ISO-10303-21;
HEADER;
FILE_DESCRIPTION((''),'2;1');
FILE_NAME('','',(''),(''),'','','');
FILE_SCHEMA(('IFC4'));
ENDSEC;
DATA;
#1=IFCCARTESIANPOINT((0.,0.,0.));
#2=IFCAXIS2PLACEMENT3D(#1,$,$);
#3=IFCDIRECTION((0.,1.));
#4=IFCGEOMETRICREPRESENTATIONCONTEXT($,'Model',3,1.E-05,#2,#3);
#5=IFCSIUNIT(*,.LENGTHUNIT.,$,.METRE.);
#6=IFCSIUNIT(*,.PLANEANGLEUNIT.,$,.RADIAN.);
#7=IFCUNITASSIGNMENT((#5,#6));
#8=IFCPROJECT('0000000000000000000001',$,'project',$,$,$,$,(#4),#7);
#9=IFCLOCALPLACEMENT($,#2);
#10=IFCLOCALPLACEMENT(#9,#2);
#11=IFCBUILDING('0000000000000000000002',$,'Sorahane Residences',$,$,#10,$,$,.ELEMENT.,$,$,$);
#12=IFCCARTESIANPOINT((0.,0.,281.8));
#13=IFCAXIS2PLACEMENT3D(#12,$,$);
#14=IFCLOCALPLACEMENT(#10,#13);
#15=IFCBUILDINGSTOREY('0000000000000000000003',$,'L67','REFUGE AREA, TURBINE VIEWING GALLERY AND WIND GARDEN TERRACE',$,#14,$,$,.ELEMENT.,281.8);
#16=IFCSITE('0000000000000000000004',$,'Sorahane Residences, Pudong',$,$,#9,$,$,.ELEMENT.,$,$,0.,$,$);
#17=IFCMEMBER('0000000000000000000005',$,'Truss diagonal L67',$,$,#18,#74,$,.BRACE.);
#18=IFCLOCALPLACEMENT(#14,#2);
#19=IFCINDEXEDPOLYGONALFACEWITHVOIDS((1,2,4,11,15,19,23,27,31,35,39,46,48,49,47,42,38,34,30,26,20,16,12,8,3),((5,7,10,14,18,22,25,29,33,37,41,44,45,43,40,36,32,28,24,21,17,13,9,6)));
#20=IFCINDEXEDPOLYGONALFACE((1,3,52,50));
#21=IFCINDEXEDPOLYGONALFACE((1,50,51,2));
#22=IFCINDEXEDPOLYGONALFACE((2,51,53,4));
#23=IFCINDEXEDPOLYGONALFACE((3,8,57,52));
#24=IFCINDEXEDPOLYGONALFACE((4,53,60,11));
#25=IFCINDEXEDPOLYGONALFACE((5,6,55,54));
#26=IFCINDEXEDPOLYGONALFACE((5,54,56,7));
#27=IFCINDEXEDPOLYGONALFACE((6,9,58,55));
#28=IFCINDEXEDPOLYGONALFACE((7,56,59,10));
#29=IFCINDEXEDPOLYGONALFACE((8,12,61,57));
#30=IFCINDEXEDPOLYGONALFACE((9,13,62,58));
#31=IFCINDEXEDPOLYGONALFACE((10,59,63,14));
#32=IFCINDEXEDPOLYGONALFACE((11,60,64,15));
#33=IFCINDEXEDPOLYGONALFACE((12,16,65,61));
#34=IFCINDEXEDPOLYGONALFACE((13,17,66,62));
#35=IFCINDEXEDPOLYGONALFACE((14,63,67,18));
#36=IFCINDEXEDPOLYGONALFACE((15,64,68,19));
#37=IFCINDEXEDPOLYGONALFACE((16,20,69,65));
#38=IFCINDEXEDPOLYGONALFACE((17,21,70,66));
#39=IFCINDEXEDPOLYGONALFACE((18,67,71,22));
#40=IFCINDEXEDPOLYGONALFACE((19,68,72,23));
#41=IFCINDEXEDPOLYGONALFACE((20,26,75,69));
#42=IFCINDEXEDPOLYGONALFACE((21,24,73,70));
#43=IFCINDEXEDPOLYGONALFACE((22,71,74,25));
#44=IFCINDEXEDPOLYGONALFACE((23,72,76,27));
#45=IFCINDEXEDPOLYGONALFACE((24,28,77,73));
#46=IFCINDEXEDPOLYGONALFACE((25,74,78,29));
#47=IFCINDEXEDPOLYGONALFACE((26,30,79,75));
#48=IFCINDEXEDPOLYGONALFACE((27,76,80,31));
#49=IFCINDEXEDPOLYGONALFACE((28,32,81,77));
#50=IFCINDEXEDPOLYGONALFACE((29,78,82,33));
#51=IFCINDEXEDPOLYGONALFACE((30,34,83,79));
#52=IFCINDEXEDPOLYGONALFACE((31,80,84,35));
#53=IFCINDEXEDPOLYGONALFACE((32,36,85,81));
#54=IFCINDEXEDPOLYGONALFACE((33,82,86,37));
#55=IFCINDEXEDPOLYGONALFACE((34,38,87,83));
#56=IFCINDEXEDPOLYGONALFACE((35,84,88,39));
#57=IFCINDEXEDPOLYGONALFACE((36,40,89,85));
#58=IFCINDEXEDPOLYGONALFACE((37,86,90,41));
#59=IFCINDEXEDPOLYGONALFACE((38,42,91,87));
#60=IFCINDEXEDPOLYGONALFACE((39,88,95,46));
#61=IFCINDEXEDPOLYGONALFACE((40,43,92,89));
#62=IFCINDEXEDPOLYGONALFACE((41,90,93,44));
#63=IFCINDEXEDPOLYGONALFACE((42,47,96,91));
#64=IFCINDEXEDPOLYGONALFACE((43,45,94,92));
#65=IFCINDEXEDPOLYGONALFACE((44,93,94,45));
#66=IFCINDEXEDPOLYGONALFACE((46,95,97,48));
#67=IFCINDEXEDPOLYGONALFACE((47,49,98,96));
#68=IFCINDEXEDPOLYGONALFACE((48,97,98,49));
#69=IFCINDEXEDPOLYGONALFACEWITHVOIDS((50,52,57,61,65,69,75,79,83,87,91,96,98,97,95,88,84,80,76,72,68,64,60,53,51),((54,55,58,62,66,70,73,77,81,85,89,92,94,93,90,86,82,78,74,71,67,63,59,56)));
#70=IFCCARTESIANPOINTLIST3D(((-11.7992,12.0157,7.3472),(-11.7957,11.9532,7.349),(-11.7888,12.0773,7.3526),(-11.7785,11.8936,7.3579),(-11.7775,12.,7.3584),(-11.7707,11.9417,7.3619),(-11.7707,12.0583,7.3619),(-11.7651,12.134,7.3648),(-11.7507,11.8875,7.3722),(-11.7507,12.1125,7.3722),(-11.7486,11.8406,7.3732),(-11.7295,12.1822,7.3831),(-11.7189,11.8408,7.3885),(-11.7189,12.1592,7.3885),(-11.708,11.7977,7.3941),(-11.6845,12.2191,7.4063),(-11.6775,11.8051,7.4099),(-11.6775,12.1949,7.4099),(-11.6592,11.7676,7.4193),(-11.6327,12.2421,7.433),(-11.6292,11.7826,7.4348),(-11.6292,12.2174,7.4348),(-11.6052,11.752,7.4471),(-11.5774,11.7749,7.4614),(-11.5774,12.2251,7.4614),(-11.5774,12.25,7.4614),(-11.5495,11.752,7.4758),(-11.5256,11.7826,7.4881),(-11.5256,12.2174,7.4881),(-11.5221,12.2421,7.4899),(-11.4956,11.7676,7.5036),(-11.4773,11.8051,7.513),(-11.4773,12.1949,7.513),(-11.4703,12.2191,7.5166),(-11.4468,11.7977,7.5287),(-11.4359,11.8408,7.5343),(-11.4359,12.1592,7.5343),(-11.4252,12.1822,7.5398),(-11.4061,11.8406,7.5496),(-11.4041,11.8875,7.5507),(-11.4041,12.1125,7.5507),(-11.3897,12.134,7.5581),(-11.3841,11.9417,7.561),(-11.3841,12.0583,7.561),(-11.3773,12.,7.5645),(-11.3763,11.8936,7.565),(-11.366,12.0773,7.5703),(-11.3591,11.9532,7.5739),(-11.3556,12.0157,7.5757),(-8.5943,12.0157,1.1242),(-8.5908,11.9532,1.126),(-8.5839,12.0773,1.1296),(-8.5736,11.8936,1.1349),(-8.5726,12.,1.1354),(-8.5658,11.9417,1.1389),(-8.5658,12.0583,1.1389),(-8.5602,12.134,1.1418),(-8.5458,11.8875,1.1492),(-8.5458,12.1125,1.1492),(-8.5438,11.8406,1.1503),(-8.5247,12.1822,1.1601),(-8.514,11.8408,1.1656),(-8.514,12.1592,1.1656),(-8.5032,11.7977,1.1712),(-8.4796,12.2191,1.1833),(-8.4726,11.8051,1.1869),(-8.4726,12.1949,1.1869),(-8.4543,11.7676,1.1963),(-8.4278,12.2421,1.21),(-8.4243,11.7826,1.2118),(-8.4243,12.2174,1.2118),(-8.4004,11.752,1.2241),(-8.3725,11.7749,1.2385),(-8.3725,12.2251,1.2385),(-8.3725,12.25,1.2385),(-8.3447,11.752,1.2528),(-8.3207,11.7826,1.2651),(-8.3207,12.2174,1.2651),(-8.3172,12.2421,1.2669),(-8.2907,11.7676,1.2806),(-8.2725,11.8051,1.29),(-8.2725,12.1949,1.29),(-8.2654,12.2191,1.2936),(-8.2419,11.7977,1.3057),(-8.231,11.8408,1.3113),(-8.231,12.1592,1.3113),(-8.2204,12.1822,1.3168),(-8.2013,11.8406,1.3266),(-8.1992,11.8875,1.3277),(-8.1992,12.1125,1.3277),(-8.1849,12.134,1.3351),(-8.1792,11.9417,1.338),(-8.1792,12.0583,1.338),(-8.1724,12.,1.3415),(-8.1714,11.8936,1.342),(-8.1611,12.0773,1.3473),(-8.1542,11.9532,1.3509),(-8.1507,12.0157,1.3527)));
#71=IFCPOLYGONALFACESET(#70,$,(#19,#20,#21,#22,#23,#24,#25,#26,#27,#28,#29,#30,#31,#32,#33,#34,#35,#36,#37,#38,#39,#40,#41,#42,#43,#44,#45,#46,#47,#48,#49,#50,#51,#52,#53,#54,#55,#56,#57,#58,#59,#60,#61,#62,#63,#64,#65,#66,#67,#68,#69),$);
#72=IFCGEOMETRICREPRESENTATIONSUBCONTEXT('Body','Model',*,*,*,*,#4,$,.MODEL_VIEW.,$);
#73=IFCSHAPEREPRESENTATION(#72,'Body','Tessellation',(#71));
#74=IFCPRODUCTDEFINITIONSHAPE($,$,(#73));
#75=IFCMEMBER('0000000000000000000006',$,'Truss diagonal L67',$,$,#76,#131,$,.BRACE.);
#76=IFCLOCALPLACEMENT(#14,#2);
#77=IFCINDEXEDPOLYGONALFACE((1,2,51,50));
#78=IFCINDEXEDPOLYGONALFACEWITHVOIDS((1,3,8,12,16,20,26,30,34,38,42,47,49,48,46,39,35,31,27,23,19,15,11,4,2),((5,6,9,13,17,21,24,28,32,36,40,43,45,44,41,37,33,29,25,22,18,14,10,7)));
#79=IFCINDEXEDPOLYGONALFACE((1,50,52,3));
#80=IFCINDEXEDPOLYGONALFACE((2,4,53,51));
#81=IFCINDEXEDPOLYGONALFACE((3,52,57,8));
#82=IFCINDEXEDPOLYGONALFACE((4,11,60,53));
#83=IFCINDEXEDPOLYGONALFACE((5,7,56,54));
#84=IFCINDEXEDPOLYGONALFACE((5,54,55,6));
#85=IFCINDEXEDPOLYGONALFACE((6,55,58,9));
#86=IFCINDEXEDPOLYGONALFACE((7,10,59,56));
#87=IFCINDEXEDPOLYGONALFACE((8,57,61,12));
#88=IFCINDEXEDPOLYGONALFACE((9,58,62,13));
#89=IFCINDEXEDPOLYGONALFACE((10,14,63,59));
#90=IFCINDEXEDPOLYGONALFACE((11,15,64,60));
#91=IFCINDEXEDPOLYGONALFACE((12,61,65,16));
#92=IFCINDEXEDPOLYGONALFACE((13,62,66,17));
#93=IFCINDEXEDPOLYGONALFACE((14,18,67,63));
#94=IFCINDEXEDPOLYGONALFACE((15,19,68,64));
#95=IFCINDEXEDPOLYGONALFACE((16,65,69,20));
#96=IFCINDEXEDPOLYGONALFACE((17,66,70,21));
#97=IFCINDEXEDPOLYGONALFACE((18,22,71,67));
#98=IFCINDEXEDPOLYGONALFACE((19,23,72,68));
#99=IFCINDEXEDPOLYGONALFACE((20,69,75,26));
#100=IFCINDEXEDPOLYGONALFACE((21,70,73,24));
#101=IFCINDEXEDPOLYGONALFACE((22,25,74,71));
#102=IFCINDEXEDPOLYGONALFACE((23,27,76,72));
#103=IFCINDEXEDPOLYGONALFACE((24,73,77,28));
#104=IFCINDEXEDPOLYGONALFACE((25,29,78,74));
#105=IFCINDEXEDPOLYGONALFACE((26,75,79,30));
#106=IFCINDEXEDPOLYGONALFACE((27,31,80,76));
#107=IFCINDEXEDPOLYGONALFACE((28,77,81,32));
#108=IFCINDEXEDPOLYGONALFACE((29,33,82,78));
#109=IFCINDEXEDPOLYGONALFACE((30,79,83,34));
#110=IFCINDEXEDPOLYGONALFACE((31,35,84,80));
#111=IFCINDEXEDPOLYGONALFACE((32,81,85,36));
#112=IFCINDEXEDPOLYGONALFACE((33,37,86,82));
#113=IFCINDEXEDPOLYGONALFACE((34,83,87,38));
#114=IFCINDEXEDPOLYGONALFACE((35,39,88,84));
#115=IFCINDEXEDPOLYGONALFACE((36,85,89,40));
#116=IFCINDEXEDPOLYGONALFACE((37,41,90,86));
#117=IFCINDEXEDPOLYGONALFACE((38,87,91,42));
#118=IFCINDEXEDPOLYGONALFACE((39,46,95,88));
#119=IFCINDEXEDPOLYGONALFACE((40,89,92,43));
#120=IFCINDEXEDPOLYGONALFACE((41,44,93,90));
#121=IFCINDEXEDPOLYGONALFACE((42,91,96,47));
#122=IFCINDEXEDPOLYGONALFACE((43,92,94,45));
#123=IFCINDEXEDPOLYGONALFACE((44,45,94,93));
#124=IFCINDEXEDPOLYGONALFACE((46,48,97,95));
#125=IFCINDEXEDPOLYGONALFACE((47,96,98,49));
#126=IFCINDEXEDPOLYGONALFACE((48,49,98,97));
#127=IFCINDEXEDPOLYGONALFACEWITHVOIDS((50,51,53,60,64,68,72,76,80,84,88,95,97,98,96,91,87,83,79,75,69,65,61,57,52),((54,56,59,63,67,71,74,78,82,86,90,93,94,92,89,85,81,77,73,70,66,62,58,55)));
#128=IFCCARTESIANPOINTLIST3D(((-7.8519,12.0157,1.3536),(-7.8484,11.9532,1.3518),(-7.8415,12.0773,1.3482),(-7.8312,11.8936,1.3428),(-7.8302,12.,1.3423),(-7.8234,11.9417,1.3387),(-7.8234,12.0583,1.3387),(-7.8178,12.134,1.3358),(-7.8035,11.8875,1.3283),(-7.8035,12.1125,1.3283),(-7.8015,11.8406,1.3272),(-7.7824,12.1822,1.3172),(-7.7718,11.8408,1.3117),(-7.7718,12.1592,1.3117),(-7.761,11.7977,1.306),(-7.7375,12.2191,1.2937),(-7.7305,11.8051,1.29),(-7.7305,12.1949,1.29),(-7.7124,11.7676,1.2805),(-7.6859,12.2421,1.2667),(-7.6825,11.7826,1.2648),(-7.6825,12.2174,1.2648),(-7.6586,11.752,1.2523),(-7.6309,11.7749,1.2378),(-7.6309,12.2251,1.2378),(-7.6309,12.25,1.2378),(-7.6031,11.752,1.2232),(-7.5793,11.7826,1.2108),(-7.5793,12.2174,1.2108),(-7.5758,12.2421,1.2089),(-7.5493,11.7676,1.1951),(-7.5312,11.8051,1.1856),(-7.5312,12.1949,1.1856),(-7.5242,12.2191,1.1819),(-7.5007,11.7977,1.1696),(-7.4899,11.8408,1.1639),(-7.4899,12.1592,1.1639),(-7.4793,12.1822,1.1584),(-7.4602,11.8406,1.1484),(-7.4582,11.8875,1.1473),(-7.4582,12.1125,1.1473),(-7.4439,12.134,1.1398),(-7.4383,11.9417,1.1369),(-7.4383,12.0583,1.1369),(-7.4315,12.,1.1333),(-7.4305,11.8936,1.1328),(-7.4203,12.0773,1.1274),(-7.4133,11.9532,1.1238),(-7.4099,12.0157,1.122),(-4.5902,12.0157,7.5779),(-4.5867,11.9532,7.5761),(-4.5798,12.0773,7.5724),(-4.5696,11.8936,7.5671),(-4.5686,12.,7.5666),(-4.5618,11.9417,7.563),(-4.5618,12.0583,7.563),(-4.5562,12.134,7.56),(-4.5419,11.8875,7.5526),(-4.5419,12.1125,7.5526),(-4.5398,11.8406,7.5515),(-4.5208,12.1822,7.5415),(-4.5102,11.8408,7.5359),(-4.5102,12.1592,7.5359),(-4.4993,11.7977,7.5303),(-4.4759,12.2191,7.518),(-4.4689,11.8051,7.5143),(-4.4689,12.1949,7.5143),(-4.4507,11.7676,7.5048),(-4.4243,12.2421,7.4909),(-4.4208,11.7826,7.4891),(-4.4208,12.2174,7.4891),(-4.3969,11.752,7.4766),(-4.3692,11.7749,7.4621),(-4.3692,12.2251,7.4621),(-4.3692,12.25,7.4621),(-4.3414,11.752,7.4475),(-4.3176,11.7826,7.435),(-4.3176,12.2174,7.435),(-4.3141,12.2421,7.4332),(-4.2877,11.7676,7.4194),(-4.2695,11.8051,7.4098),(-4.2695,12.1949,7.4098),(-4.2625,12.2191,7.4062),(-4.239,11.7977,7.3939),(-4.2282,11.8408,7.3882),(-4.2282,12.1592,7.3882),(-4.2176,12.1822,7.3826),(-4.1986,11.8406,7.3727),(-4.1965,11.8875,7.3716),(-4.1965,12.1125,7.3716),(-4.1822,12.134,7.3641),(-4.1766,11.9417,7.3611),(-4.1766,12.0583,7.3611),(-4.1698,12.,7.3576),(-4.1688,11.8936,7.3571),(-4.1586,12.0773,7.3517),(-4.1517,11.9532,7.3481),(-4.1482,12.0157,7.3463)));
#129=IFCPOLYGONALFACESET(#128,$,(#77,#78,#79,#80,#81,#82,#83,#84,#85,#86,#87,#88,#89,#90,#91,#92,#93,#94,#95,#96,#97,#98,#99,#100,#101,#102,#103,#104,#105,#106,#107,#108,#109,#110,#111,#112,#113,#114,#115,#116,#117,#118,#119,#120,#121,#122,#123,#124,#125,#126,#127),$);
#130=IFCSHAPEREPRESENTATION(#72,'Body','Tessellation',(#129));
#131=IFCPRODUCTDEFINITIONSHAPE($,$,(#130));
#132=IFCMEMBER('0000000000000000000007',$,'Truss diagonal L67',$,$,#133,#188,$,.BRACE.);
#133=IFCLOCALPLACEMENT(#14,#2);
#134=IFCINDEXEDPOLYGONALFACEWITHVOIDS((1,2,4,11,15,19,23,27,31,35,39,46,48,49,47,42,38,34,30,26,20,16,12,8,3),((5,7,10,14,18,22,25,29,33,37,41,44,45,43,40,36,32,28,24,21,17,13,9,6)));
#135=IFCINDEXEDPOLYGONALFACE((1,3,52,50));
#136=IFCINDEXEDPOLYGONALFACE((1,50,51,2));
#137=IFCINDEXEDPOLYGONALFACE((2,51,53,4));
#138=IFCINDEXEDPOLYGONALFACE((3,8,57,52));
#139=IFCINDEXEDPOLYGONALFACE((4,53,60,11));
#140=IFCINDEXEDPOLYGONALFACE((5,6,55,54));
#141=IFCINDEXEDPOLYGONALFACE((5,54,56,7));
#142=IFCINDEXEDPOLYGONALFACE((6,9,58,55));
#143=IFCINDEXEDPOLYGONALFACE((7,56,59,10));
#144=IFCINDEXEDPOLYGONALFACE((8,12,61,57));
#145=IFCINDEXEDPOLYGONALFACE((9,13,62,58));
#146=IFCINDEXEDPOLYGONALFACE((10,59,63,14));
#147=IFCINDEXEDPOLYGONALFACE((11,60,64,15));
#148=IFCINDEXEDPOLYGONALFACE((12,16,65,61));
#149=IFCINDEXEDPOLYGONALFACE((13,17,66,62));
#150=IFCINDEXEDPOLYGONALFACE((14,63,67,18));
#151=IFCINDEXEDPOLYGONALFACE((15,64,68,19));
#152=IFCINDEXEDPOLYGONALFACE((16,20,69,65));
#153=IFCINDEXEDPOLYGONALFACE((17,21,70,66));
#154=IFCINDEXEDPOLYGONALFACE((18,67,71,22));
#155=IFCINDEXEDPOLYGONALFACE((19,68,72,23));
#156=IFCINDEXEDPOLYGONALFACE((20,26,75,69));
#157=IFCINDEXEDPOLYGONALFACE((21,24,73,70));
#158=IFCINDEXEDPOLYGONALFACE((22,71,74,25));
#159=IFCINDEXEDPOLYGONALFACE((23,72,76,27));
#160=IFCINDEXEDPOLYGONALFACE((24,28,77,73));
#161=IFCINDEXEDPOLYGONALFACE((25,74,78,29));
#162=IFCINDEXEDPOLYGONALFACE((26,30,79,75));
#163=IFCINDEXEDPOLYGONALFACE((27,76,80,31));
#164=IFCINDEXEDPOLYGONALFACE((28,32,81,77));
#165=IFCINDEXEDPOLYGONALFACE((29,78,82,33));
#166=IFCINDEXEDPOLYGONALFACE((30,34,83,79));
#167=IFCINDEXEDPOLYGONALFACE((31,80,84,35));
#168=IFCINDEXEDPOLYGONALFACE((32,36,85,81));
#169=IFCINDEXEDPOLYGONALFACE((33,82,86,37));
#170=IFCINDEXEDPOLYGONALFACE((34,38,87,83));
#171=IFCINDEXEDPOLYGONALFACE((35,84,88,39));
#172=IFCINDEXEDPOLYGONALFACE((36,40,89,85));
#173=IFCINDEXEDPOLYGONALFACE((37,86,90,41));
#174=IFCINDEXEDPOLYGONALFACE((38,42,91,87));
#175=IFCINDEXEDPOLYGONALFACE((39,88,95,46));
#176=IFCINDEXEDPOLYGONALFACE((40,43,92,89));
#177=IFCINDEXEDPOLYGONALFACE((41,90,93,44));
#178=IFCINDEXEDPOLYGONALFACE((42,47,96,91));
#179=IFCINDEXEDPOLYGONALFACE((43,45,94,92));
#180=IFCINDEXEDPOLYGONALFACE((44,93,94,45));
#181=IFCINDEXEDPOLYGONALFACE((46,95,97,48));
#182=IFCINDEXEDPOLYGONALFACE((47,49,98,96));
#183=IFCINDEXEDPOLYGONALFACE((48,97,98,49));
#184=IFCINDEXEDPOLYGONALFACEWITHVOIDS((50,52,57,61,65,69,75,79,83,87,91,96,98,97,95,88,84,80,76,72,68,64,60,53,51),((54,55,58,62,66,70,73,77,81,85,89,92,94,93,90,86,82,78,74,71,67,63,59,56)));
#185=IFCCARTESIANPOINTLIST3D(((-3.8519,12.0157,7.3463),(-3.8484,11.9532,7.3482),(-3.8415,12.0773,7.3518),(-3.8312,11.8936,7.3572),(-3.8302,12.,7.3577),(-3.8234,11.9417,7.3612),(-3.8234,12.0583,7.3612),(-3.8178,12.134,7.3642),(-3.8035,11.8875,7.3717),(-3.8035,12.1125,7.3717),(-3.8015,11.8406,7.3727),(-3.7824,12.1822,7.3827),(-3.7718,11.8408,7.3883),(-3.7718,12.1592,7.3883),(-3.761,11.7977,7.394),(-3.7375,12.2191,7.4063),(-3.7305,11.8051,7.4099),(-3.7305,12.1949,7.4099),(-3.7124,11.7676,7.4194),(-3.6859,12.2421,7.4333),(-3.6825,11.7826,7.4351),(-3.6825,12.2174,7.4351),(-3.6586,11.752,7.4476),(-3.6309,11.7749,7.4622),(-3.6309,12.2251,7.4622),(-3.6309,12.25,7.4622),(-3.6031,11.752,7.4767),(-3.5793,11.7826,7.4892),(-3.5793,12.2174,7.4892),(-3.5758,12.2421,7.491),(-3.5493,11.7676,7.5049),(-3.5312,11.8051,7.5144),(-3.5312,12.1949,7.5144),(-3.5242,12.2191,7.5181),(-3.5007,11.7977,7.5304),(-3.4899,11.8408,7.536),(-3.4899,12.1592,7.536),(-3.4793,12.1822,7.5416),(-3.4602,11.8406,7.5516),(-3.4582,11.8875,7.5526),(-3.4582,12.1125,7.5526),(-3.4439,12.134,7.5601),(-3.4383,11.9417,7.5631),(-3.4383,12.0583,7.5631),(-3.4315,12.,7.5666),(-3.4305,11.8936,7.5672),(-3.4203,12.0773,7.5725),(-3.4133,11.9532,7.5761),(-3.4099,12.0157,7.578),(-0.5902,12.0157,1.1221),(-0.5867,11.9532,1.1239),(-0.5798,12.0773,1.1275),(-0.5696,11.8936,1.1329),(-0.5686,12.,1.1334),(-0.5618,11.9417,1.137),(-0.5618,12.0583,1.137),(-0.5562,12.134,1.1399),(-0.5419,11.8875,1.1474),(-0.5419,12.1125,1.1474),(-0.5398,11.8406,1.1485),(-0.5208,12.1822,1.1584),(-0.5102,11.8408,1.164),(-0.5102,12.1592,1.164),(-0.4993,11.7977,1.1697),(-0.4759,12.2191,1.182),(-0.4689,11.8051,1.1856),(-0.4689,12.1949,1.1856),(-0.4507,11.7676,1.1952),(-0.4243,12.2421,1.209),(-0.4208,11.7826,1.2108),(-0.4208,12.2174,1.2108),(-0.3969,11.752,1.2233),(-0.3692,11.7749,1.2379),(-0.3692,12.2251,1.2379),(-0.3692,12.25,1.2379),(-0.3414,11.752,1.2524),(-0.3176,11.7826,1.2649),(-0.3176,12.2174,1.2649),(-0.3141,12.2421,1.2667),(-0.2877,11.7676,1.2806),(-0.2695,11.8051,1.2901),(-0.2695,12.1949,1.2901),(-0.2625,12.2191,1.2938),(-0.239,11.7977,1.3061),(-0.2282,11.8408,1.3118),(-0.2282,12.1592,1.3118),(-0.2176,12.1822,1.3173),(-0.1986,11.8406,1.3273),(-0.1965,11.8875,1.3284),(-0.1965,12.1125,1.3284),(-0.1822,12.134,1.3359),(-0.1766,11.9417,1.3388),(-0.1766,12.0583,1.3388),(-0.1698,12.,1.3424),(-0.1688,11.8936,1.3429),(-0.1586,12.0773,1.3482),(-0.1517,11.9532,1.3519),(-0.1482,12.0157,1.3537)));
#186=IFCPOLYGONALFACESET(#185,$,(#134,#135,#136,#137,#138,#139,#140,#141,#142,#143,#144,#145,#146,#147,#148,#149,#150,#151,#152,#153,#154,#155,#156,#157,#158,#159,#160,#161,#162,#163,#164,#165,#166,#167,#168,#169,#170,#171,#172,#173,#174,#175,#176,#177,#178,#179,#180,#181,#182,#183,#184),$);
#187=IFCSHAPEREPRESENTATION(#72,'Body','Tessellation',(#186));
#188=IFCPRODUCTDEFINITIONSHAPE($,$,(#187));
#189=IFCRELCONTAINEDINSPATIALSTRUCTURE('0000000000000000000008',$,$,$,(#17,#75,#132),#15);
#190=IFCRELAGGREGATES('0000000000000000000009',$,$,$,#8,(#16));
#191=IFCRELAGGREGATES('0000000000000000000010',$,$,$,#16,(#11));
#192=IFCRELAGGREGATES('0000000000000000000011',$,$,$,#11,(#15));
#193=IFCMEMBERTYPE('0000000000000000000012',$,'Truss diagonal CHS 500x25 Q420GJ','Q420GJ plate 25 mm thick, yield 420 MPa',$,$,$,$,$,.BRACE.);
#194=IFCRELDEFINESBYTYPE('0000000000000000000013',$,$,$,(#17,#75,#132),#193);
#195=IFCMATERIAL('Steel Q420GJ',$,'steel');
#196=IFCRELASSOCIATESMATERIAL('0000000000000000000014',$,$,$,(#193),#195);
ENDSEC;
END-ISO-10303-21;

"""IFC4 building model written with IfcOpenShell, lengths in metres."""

from ifc_helpers import new_model, si_unit, direction, frame, origin, origin_2d, place, context, subcontext, project, spatial, hollow_circle, extrude, material, material_profile, profile_set, type_object, element, save


model = new_model("IFC4")

# Units and contexts
model_context = context("Model", 3, precision=1e-05, world=origin(), true_north=direction((0.0, 1.0)))
body_context = subcontext(model_context, "Body", "Model", "MODEL_VIEW")
ifc_project = project(units=[si_unit("LENGTHUNIT", "METRE"), si_unit("PLANEANGLEUNIT", "RADIAN")], contexts=[model_context])

# Site, building, storey
site_placement = place(None, origin())
site = spatial("IfcSite", under=ifc_project, at=site_placement, Name="Sorahane Residences, Pudong", CompositionType="ELEMENT", RefElevation=0.0)
building_placement = place(site_placement, origin())
building = spatial("IfcBuilding", under=site, at=building_placement, Name="Sorahane Residences", CompositionType="ELEMENT")
storey_placement = place(building_placement, frame((0.0, 0.0, 281.8)))
storey = spatial("IfcBuildingStorey", under=building, at=storey_placement, Name="L67", Description="REFUGE AREA, TURBINE VIEWING GALLERY AND WIND GARDEN TERRACE", CompositionType="ELEMENT", Elevation=281.8)

# Members
ifc_material_1 = material(Name="Steel Q420GJ", Category="steel")
ifc_material_profile_1 = material_profile(ifc_material_1, hollow_circle(Radius=0.25, WallThickness=0.0249, at=origin_2d()), Name="CHS 500x25")
ifc_profile_set_1 = profile_set([ifc_material_profile_1], Name="Steel Q420GJ")
member_type = type_object("IfcMemberType", Name="Truss diagonal CHS 500x25 Q420GJ", Description="Q420GJ plate 25 mm thick, yield 420 MPa", PredefinedType="BRACE", material=ifc_profile_set_1)
member_1_placement = place(storey_placement, frame((-11.5774, 12.0, 7.4614), z_axis=(0.457855, 0.0, -0.889027), x_axis=(0.0, 1.0, 0.0)))
element("IfcMember", 1, at=member_1_placement, inside=storey, type_object=member_type, Name="Truss diagonal L67", PredefinedType="BRACE", context=body_context, shape_type="SweptSolid", body=[
    extrude(hollow_circle(Radius=0.25, WallThickness=0.0249, at=origin_2d()), origin(), (0.0, 0.0, 1.0), 6.9998),
])
for number, where, z_axis, x_axis, name in (
    (2, (-7.6309, 12.0, 1.2378), (0.464156, 0.0, 0.885753), (0.0, 1.0, 0.0), "Truss diagonal L67"),
    (3, (-3.6309, 12.0, 7.4622), (0.464156, 0.0, -0.885753), (0.0, 1.0, 0.0), "Truss diagonal L67"),
):
    element("IfcMember", number, at=place(storey_placement, frame(where, z_axis=z_axis, x_axis=x_axis)), inside=storey, type_object=member_type, Name=name, PredefinedType="BRACE", context=body_context, shape_type="SweptSolid", body=[
        extrude(hollow_circle(Radius=0.25, WallThickness=0.0249, at=origin_2d()), origin(), (0.0, 0.0, 1.0), 7.0271),
    ])

save(model, "model.ifc")
